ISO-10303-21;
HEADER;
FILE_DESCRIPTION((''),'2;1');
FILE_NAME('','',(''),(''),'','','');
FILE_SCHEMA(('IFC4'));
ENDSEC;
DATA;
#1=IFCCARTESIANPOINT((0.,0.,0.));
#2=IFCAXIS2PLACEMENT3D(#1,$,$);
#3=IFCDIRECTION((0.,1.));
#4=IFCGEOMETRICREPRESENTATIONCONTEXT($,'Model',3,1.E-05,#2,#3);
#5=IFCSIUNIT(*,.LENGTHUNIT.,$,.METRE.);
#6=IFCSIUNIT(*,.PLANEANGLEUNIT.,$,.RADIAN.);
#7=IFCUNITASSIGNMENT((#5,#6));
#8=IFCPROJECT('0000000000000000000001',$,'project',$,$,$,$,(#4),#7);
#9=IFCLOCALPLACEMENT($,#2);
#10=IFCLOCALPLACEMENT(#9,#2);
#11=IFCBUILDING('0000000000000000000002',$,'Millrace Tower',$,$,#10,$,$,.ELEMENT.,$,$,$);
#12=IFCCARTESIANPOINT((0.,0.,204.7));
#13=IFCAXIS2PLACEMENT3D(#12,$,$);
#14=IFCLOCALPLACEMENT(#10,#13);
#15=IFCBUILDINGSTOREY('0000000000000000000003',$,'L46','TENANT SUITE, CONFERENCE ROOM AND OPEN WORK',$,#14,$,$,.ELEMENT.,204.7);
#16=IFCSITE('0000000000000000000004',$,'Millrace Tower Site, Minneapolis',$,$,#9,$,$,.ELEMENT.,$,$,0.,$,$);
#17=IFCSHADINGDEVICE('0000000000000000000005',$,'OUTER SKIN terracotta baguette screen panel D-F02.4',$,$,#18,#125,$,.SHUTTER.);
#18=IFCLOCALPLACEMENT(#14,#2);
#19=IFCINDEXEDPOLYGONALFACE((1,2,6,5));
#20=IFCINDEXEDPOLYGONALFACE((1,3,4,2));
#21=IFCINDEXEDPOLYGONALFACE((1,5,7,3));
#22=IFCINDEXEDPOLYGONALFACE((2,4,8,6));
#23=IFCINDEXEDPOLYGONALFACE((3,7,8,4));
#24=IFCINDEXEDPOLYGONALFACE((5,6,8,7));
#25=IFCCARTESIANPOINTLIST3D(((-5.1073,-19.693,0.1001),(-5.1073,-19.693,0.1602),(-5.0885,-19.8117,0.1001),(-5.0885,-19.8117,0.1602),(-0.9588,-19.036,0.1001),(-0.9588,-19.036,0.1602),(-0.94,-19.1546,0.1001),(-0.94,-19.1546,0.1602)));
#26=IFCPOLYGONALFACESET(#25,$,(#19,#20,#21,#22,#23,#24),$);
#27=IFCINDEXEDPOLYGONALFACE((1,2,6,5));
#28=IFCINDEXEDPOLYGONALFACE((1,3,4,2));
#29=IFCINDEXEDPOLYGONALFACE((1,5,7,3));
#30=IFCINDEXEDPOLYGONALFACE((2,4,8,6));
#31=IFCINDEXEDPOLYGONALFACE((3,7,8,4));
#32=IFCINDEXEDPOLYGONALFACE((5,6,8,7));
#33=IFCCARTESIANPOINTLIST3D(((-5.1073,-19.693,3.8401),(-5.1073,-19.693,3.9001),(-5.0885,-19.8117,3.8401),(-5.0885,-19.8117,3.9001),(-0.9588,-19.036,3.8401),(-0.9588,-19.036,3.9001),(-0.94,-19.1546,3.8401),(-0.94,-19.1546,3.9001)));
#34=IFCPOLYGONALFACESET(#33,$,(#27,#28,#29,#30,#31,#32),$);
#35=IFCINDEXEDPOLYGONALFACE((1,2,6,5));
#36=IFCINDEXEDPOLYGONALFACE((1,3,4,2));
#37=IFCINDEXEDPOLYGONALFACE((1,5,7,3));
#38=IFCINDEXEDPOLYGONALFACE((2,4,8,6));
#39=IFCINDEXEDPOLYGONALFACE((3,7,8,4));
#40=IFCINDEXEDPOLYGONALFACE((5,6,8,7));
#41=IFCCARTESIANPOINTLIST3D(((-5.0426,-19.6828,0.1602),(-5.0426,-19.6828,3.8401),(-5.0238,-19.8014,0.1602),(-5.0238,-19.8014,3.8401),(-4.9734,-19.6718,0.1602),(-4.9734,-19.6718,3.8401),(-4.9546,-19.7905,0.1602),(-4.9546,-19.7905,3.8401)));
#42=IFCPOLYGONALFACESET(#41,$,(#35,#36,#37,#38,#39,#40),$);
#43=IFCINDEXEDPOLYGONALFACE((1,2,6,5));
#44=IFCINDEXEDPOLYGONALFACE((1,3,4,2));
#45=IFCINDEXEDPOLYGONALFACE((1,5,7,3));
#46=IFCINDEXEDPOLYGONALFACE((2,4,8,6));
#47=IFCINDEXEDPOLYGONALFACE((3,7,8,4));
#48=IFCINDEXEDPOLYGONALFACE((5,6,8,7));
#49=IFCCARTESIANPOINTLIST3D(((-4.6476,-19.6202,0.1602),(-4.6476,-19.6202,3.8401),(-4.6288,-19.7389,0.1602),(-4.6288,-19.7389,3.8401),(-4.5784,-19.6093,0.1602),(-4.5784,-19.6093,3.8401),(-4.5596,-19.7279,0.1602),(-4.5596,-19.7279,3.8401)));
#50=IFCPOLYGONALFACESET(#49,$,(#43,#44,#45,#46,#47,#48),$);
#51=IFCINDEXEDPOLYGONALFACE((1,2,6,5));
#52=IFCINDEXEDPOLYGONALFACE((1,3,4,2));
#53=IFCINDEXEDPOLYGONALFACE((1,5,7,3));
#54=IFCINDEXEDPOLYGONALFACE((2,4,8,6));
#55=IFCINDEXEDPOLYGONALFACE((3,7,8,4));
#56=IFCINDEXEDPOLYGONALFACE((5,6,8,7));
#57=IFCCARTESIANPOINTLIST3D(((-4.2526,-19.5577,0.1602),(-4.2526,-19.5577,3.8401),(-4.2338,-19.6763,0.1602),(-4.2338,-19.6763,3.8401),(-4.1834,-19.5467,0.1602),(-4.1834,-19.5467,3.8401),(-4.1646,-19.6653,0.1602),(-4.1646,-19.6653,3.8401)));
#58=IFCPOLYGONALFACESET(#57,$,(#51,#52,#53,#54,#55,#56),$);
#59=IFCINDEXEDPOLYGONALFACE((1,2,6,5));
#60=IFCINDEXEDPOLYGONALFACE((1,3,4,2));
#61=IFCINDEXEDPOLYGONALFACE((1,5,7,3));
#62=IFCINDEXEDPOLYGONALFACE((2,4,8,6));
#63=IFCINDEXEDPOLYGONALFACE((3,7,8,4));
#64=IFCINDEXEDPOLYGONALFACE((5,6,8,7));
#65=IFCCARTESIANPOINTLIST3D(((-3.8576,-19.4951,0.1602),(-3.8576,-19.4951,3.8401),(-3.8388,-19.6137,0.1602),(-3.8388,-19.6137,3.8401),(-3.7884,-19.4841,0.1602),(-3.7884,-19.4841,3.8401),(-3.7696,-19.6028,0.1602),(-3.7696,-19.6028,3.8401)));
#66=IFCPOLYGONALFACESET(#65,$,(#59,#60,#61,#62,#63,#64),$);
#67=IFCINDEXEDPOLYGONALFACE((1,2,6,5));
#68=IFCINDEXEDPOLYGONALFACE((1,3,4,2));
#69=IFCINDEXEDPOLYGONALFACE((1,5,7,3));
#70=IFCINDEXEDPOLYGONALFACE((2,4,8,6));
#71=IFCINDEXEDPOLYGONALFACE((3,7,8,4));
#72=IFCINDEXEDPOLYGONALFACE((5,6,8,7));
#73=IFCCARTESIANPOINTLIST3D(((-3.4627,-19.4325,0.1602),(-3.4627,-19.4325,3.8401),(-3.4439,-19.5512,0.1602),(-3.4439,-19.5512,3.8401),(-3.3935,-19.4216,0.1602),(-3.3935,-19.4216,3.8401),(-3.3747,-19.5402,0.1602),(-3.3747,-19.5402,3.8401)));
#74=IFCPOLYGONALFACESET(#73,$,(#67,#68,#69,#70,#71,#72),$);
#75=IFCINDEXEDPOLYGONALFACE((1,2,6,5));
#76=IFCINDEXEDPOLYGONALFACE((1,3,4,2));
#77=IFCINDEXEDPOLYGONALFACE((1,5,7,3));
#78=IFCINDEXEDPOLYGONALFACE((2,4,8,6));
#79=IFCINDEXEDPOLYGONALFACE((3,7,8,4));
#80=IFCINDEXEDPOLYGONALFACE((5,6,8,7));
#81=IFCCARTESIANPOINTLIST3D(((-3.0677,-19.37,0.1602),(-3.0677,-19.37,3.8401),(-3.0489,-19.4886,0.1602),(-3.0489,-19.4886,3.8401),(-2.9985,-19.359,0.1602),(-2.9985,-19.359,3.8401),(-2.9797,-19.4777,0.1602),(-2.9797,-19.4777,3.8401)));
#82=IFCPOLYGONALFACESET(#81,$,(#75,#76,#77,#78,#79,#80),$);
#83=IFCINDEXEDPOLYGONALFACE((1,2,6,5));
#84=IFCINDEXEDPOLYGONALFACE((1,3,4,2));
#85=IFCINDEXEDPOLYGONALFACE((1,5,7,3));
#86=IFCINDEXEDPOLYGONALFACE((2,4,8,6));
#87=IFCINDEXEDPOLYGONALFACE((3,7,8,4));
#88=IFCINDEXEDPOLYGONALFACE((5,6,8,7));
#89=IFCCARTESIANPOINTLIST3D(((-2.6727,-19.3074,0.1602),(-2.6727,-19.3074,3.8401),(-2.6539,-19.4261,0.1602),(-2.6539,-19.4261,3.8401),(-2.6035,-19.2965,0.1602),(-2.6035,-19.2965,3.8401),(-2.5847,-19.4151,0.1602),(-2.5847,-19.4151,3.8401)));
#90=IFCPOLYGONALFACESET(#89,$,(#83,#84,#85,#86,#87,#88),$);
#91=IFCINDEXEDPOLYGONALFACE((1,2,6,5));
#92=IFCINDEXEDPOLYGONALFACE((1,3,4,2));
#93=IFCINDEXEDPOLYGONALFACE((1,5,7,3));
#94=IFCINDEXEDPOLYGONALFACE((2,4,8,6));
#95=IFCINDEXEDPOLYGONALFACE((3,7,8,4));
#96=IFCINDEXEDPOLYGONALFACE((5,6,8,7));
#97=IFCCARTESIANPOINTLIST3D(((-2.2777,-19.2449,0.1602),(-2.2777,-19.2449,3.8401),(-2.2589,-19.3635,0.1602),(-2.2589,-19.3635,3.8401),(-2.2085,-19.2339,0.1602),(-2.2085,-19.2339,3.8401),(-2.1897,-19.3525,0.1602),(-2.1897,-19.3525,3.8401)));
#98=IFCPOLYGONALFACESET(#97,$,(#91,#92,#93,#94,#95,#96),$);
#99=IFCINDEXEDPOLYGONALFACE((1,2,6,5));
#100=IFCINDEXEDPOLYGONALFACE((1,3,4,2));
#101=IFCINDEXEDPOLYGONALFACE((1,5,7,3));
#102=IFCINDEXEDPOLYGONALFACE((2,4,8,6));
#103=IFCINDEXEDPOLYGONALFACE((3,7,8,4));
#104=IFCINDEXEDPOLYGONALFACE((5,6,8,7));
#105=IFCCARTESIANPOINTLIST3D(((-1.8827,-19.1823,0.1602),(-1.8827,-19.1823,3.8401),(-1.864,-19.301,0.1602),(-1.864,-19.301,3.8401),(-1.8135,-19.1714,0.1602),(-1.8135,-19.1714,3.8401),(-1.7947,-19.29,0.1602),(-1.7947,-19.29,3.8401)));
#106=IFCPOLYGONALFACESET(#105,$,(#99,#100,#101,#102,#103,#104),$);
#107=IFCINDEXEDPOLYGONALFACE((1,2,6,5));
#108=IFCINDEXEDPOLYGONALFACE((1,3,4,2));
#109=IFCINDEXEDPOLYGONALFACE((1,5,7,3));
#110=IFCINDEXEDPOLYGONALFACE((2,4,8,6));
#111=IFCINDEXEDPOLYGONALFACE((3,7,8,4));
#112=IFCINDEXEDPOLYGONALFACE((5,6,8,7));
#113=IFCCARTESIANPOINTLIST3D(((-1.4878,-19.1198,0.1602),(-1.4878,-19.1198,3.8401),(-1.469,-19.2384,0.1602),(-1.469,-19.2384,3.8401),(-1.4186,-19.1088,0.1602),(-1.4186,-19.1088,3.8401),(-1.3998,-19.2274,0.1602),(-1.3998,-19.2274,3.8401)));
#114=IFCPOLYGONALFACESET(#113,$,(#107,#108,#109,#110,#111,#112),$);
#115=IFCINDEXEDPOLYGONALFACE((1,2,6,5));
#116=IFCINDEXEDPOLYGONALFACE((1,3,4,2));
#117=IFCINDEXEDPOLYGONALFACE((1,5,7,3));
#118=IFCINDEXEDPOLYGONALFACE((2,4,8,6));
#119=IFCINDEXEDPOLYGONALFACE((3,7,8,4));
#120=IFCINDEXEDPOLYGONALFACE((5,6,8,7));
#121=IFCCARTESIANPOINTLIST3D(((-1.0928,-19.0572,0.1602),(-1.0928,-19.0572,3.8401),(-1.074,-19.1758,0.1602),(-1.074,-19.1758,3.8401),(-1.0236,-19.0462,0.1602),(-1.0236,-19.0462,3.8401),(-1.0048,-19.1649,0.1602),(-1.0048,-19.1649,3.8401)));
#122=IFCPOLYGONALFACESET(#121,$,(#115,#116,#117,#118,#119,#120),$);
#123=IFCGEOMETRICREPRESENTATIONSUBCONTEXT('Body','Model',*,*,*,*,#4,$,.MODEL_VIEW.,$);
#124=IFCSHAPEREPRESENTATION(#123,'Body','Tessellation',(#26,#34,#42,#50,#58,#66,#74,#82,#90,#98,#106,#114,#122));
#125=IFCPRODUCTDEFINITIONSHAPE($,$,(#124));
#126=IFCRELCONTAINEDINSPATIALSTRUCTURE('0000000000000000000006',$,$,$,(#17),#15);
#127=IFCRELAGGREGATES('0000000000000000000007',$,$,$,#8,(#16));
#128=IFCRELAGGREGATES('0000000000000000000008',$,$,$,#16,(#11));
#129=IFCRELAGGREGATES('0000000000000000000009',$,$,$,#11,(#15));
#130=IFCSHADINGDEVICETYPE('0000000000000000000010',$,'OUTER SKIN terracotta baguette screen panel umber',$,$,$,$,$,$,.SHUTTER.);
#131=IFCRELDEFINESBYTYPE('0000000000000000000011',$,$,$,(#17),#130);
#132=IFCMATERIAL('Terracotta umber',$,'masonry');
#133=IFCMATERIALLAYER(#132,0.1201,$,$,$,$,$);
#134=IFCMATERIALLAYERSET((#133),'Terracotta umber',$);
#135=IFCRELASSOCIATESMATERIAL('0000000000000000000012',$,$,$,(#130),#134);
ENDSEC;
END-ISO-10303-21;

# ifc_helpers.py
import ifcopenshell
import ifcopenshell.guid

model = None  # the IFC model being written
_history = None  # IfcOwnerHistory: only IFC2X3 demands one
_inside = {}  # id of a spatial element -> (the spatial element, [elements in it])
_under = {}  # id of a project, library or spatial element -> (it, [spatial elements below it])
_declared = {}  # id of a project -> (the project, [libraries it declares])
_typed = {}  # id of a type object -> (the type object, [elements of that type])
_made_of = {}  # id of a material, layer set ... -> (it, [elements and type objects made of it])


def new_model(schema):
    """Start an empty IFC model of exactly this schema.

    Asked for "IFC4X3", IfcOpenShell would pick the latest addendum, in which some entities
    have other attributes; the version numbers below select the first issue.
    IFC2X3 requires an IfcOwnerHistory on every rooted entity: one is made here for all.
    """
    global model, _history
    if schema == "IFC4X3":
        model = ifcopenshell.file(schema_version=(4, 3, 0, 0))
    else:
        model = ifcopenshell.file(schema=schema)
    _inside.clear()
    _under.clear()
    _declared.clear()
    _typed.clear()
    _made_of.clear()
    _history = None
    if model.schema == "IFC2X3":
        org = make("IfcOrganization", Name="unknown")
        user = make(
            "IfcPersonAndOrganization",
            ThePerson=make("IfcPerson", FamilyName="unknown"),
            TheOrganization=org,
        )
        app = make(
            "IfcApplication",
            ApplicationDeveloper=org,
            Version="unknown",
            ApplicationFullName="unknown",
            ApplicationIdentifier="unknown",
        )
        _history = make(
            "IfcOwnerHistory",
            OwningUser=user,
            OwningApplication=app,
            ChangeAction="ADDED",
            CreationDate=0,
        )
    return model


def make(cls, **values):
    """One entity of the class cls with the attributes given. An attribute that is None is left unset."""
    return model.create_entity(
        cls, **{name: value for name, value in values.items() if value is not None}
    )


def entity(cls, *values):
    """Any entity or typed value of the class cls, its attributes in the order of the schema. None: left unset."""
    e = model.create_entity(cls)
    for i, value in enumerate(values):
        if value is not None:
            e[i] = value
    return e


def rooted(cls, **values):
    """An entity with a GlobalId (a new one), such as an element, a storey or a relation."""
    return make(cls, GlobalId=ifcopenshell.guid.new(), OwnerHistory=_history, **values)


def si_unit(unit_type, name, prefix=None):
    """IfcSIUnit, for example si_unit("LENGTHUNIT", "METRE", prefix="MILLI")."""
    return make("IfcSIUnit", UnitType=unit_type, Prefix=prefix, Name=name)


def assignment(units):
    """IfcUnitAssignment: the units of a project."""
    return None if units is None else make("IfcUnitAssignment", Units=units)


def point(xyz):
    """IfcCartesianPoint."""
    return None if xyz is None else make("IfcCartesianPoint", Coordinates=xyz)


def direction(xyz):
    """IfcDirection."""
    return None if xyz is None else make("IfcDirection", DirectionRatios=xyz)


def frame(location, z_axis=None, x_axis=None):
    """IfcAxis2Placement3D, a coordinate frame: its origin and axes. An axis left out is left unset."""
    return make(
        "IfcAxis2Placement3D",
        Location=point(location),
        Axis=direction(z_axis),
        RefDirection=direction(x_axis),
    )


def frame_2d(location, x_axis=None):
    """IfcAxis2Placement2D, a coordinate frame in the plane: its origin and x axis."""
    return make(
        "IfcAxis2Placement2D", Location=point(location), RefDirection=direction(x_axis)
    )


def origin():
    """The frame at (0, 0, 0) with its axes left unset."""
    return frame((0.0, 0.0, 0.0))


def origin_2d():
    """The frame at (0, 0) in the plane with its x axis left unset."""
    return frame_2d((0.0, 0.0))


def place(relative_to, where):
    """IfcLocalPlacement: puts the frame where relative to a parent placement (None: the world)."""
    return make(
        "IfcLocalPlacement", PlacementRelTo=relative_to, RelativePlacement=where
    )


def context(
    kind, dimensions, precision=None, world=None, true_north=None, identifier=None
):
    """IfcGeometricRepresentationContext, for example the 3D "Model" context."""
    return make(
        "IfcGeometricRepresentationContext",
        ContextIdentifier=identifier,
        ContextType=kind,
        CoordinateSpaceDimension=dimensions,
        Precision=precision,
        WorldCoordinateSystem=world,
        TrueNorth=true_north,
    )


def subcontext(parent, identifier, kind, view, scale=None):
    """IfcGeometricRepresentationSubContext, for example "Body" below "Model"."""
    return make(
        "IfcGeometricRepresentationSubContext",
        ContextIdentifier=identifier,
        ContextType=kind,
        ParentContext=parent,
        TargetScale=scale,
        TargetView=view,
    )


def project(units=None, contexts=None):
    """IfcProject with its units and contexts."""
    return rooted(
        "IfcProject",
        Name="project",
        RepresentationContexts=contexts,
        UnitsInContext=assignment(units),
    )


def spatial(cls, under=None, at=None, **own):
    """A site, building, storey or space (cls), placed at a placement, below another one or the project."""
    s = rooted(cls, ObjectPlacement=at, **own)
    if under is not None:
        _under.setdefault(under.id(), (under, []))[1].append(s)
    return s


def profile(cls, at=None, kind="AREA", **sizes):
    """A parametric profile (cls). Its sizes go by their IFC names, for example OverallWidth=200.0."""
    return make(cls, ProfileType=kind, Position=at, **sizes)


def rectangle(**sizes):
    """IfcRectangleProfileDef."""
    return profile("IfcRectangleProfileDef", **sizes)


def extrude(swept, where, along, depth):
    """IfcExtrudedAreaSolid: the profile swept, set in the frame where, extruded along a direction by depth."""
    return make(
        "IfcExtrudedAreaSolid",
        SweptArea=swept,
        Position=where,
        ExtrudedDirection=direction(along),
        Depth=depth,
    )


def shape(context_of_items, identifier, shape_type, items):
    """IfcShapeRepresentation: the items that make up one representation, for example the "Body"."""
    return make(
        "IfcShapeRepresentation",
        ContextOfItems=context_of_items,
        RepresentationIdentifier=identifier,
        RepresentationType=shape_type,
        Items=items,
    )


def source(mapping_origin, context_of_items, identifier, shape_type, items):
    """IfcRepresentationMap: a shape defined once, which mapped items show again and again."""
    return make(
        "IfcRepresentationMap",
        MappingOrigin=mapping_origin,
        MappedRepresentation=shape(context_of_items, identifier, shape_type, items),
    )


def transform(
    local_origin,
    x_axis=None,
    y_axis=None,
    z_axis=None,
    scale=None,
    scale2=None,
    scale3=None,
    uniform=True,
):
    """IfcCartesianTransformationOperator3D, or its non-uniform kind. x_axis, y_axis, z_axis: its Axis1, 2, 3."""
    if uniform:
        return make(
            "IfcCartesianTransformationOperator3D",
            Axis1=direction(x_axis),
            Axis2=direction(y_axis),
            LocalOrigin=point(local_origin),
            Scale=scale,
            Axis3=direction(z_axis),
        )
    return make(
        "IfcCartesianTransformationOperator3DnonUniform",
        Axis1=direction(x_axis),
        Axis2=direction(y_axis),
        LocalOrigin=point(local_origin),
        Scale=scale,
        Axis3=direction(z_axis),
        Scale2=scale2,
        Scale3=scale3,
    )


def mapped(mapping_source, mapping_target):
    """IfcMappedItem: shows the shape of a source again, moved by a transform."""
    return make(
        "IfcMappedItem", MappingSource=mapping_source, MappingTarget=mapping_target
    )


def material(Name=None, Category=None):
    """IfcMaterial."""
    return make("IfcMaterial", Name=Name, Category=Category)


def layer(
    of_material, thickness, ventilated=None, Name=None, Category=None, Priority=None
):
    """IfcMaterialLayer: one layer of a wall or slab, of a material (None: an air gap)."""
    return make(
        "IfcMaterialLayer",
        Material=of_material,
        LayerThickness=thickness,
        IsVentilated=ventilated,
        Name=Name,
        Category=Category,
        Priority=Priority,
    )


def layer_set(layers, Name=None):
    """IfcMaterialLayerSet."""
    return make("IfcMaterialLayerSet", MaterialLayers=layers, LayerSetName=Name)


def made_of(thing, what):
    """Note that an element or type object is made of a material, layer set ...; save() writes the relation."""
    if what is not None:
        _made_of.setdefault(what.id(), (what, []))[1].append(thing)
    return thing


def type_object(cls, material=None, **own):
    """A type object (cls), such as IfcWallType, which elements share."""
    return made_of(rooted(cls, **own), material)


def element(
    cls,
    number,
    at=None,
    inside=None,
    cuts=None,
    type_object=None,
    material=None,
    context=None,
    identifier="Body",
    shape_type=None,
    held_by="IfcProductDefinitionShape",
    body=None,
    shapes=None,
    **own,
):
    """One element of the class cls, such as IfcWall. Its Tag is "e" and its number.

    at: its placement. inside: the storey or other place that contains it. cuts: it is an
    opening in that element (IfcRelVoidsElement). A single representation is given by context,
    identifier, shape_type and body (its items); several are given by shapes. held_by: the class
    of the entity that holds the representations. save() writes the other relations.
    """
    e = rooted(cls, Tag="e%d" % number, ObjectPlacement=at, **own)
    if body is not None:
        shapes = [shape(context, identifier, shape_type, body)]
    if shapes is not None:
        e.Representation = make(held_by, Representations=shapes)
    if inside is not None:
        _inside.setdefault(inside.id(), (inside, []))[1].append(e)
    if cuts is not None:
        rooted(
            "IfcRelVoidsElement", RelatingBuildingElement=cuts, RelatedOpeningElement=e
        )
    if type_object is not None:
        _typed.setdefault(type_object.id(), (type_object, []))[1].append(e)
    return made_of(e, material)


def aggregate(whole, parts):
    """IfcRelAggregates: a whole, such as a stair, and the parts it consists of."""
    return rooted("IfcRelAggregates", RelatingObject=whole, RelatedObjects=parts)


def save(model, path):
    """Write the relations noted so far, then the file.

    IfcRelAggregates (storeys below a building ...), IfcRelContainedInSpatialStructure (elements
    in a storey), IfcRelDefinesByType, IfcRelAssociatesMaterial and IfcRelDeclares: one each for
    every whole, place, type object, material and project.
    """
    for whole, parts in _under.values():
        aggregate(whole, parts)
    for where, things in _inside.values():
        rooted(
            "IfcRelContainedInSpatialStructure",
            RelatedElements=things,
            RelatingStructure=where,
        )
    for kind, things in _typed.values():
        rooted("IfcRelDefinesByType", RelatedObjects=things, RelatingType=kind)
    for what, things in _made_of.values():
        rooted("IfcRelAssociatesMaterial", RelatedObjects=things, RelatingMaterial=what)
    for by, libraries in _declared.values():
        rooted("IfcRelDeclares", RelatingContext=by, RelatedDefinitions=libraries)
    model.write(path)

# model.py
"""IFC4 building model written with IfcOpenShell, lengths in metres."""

from ifc_helpers import new_model, entity, si_unit, direction, frame, frame_2d, origin, origin_2d, place, context, subcontext, project, spatial, rectangle, extrude, source, transform, mapped, material, layer, layer_set, type_object, element, save


model = new_model("IFC4")

# Units and contexts
model_context = context("Model", 3, precision=1e-05, world=origin(), true_north=direction((0.0, 1.0)))
body_context = subcontext(model_context, "Body", "Model", "MODEL_VIEW")
ifc_project = project(units=[si_unit("LENGTHUNIT", "METRE"), si_unit("PLANEANGLEUNIT", "RADIAN")], contexts=[model_context])

# Site, building, storey
site_placement = place(None, origin())
site = spatial("IfcSite", under=ifc_project, at=site_placement, Name="Millrace Tower Site, Minneapolis", CompositionType="ELEMENT", RefElevation=0.0)
building_placement = place(site_placement, origin())
building = spatial("IfcBuilding", under=site, at=building_placement, Name="Millrace Tower", CompositionType="ELEMENT")
storey_placement = place(building_placement, frame((0.0, 0.0, 204.7)))
storey = spatial("IfcBuildingStorey", under=building, at=storey_placement, Name="L46", Description="TENANT SUITE, CONFERENCE ROOM AND OPEN WORK", CompositionType="ELEMENT", Elevation=204.7)

# Shading device
ifc_material_1 = material(Name="Terracotta umber", Category="masonry")
ifc_layer_1 = layer(ifc_material_1, 0.1201)
ifc_layer_set_1 = layer_set([ifc_layer_1], Name="Terracotta umber")
shading_device_type = type_object("IfcShadingDeviceType", Name="OUTER SKIN terracotta baguette screen panel umber", PredefinedType="SHUTTER", material=ifc_layer_set_1)
cartesian_point = entity("IfcCartesianPoint", [-2.1001, 0.0601])
shared_polyline = entity("IfcPolyline", [cartesian_point, entity("IfcCartesianPoint", [2.1001, 0.0601]), entity("IfcCartesianPoint", [2.1001, -0.0601]), entity("IfcCartesianPoint", [-2.1001, -0.0601]), cartesian_point])
shared_shape = source(origin(), body_context, "Body", "SweptSolid", [
    entity("IfcExtrudedAreaSolid", entity("IfcArbitraryClosedProfileDef", "AREA", None, shared_polyline), entity("IfcAxis2Placement3D", entity("IfcCartesianPoint", [0.0, 0.0, 0.0])), entity("IfcDirection", [0.0, 0.0, 1.0]), 0.0601),
    entity("IfcExtrudedAreaSolid", entity("IfcArbitraryClosedProfileDef", "AREA", None, shared_polyline), entity("IfcAxis2Placement3D", entity("IfcCartesianPoint", [0.0, 0.0, 3.74])), entity("IfcDirection", [0.0, 0.0, 1.0]), 0.0601),
    extrude(rectangle(XDim=0.0701, YDim=0.1201, at=frame_2d((-1.9995, 0.0))), frame((0.0, 0.0, 0.0601)), (0.0, 0.0, 1.0), 3.6799),
    extrude(rectangle(XDim=0.0701, YDim=0.1201, at=frame_2d((-1.5996, 0.0))), frame((0.0, 0.0, 0.0601)), (0.0, 0.0, 1.0), 3.6799),
    extrude(rectangle(XDim=0.0701, YDim=0.1201, at=frame_2d((-1.1997, 0.0))), frame((0.0, 0.0, 0.0601)), (0.0, 0.0, 1.0), 3.6799),
    extrude(rectangle(XDim=0.0701, YDim=0.1201, at=frame_2d((-0.7998, 0.0))), frame((0.0, 0.0, 0.0601)), (0.0, 0.0, 1.0), 3.6799),
    extrude(rectangle(XDim=0.0701, YDim=0.1201, at=frame_2d((-0.3999, 0.0))), frame((0.0, 0.0, 0.0601)), (0.0, 0.0, 1.0), 3.6799),
    extrude(rectangle(XDim=0.0701, YDim=0.1201, at=origin_2d()), frame((0.0, 0.0, 0.0601)), (0.0, 0.0, 1.0), 3.6799),
    extrude(rectangle(XDim=0.0701, YDim=0.1201, at=frame_2d((0.3999, 0.0))), frame((0.0, 0.0, 0.0601)), (0.0, 0.0, 1.0), 3.6799),
    extrude(rectangle(XDim=0.0701, YDim=0.1201, at=frame_2d((0.7998, 0.0))), frame((0.0, 0.0, 0.0601)), (0.0, 0.0, 1.0), 3.6799),
    extrude(rectangle(XDim=0.0701, YDim=0.1201, at=frame_2d((1.1997, 0.0))), frame((0.0, 0.0, 0.0601)), (0.0, 0.0, 1.0), 3.6799),
    extrude(rectangle(XDim=0.0701, YDim=0.1201, at=frame_2d((1.5996, 0.0))), frame((0.0, 0.0, 0.0601)), (0.0, 0.0, 1.0), 3.6799),
    extrude(rectangle(XDim=0.0701, YDim=0.1201, at=frame_2d((1.9995, 0.0))), frame((0.0, 0.0, 0.0601)), (0.0, 0.0, 1.0), 3.6799),
])
for number, where, z_axis, x_axis, name in (
    (1, (-3.0237, -19.4238, 0.1001), (0.0, 0.0, 1.0), (0.987688, 0.156434, 0.0), "OUTER SKIN terracotta baguette screen panel D-F02.4"),
):
    element("IfcShadingDevice", number, at=place(storey_placement, frame(where, z_axis=z_axis, x_axis=x_axis)), inside=storey, type_object=shading_device_type, Name=name, PredefinedType="SHUTTER", context=body_context, shape_type="MappedRepresentation", body=[
        mapped(shared_shape, transform((0.0, 0.0, 0.0), scale=1.0)),
    ])

save(model, "model.ifc")
